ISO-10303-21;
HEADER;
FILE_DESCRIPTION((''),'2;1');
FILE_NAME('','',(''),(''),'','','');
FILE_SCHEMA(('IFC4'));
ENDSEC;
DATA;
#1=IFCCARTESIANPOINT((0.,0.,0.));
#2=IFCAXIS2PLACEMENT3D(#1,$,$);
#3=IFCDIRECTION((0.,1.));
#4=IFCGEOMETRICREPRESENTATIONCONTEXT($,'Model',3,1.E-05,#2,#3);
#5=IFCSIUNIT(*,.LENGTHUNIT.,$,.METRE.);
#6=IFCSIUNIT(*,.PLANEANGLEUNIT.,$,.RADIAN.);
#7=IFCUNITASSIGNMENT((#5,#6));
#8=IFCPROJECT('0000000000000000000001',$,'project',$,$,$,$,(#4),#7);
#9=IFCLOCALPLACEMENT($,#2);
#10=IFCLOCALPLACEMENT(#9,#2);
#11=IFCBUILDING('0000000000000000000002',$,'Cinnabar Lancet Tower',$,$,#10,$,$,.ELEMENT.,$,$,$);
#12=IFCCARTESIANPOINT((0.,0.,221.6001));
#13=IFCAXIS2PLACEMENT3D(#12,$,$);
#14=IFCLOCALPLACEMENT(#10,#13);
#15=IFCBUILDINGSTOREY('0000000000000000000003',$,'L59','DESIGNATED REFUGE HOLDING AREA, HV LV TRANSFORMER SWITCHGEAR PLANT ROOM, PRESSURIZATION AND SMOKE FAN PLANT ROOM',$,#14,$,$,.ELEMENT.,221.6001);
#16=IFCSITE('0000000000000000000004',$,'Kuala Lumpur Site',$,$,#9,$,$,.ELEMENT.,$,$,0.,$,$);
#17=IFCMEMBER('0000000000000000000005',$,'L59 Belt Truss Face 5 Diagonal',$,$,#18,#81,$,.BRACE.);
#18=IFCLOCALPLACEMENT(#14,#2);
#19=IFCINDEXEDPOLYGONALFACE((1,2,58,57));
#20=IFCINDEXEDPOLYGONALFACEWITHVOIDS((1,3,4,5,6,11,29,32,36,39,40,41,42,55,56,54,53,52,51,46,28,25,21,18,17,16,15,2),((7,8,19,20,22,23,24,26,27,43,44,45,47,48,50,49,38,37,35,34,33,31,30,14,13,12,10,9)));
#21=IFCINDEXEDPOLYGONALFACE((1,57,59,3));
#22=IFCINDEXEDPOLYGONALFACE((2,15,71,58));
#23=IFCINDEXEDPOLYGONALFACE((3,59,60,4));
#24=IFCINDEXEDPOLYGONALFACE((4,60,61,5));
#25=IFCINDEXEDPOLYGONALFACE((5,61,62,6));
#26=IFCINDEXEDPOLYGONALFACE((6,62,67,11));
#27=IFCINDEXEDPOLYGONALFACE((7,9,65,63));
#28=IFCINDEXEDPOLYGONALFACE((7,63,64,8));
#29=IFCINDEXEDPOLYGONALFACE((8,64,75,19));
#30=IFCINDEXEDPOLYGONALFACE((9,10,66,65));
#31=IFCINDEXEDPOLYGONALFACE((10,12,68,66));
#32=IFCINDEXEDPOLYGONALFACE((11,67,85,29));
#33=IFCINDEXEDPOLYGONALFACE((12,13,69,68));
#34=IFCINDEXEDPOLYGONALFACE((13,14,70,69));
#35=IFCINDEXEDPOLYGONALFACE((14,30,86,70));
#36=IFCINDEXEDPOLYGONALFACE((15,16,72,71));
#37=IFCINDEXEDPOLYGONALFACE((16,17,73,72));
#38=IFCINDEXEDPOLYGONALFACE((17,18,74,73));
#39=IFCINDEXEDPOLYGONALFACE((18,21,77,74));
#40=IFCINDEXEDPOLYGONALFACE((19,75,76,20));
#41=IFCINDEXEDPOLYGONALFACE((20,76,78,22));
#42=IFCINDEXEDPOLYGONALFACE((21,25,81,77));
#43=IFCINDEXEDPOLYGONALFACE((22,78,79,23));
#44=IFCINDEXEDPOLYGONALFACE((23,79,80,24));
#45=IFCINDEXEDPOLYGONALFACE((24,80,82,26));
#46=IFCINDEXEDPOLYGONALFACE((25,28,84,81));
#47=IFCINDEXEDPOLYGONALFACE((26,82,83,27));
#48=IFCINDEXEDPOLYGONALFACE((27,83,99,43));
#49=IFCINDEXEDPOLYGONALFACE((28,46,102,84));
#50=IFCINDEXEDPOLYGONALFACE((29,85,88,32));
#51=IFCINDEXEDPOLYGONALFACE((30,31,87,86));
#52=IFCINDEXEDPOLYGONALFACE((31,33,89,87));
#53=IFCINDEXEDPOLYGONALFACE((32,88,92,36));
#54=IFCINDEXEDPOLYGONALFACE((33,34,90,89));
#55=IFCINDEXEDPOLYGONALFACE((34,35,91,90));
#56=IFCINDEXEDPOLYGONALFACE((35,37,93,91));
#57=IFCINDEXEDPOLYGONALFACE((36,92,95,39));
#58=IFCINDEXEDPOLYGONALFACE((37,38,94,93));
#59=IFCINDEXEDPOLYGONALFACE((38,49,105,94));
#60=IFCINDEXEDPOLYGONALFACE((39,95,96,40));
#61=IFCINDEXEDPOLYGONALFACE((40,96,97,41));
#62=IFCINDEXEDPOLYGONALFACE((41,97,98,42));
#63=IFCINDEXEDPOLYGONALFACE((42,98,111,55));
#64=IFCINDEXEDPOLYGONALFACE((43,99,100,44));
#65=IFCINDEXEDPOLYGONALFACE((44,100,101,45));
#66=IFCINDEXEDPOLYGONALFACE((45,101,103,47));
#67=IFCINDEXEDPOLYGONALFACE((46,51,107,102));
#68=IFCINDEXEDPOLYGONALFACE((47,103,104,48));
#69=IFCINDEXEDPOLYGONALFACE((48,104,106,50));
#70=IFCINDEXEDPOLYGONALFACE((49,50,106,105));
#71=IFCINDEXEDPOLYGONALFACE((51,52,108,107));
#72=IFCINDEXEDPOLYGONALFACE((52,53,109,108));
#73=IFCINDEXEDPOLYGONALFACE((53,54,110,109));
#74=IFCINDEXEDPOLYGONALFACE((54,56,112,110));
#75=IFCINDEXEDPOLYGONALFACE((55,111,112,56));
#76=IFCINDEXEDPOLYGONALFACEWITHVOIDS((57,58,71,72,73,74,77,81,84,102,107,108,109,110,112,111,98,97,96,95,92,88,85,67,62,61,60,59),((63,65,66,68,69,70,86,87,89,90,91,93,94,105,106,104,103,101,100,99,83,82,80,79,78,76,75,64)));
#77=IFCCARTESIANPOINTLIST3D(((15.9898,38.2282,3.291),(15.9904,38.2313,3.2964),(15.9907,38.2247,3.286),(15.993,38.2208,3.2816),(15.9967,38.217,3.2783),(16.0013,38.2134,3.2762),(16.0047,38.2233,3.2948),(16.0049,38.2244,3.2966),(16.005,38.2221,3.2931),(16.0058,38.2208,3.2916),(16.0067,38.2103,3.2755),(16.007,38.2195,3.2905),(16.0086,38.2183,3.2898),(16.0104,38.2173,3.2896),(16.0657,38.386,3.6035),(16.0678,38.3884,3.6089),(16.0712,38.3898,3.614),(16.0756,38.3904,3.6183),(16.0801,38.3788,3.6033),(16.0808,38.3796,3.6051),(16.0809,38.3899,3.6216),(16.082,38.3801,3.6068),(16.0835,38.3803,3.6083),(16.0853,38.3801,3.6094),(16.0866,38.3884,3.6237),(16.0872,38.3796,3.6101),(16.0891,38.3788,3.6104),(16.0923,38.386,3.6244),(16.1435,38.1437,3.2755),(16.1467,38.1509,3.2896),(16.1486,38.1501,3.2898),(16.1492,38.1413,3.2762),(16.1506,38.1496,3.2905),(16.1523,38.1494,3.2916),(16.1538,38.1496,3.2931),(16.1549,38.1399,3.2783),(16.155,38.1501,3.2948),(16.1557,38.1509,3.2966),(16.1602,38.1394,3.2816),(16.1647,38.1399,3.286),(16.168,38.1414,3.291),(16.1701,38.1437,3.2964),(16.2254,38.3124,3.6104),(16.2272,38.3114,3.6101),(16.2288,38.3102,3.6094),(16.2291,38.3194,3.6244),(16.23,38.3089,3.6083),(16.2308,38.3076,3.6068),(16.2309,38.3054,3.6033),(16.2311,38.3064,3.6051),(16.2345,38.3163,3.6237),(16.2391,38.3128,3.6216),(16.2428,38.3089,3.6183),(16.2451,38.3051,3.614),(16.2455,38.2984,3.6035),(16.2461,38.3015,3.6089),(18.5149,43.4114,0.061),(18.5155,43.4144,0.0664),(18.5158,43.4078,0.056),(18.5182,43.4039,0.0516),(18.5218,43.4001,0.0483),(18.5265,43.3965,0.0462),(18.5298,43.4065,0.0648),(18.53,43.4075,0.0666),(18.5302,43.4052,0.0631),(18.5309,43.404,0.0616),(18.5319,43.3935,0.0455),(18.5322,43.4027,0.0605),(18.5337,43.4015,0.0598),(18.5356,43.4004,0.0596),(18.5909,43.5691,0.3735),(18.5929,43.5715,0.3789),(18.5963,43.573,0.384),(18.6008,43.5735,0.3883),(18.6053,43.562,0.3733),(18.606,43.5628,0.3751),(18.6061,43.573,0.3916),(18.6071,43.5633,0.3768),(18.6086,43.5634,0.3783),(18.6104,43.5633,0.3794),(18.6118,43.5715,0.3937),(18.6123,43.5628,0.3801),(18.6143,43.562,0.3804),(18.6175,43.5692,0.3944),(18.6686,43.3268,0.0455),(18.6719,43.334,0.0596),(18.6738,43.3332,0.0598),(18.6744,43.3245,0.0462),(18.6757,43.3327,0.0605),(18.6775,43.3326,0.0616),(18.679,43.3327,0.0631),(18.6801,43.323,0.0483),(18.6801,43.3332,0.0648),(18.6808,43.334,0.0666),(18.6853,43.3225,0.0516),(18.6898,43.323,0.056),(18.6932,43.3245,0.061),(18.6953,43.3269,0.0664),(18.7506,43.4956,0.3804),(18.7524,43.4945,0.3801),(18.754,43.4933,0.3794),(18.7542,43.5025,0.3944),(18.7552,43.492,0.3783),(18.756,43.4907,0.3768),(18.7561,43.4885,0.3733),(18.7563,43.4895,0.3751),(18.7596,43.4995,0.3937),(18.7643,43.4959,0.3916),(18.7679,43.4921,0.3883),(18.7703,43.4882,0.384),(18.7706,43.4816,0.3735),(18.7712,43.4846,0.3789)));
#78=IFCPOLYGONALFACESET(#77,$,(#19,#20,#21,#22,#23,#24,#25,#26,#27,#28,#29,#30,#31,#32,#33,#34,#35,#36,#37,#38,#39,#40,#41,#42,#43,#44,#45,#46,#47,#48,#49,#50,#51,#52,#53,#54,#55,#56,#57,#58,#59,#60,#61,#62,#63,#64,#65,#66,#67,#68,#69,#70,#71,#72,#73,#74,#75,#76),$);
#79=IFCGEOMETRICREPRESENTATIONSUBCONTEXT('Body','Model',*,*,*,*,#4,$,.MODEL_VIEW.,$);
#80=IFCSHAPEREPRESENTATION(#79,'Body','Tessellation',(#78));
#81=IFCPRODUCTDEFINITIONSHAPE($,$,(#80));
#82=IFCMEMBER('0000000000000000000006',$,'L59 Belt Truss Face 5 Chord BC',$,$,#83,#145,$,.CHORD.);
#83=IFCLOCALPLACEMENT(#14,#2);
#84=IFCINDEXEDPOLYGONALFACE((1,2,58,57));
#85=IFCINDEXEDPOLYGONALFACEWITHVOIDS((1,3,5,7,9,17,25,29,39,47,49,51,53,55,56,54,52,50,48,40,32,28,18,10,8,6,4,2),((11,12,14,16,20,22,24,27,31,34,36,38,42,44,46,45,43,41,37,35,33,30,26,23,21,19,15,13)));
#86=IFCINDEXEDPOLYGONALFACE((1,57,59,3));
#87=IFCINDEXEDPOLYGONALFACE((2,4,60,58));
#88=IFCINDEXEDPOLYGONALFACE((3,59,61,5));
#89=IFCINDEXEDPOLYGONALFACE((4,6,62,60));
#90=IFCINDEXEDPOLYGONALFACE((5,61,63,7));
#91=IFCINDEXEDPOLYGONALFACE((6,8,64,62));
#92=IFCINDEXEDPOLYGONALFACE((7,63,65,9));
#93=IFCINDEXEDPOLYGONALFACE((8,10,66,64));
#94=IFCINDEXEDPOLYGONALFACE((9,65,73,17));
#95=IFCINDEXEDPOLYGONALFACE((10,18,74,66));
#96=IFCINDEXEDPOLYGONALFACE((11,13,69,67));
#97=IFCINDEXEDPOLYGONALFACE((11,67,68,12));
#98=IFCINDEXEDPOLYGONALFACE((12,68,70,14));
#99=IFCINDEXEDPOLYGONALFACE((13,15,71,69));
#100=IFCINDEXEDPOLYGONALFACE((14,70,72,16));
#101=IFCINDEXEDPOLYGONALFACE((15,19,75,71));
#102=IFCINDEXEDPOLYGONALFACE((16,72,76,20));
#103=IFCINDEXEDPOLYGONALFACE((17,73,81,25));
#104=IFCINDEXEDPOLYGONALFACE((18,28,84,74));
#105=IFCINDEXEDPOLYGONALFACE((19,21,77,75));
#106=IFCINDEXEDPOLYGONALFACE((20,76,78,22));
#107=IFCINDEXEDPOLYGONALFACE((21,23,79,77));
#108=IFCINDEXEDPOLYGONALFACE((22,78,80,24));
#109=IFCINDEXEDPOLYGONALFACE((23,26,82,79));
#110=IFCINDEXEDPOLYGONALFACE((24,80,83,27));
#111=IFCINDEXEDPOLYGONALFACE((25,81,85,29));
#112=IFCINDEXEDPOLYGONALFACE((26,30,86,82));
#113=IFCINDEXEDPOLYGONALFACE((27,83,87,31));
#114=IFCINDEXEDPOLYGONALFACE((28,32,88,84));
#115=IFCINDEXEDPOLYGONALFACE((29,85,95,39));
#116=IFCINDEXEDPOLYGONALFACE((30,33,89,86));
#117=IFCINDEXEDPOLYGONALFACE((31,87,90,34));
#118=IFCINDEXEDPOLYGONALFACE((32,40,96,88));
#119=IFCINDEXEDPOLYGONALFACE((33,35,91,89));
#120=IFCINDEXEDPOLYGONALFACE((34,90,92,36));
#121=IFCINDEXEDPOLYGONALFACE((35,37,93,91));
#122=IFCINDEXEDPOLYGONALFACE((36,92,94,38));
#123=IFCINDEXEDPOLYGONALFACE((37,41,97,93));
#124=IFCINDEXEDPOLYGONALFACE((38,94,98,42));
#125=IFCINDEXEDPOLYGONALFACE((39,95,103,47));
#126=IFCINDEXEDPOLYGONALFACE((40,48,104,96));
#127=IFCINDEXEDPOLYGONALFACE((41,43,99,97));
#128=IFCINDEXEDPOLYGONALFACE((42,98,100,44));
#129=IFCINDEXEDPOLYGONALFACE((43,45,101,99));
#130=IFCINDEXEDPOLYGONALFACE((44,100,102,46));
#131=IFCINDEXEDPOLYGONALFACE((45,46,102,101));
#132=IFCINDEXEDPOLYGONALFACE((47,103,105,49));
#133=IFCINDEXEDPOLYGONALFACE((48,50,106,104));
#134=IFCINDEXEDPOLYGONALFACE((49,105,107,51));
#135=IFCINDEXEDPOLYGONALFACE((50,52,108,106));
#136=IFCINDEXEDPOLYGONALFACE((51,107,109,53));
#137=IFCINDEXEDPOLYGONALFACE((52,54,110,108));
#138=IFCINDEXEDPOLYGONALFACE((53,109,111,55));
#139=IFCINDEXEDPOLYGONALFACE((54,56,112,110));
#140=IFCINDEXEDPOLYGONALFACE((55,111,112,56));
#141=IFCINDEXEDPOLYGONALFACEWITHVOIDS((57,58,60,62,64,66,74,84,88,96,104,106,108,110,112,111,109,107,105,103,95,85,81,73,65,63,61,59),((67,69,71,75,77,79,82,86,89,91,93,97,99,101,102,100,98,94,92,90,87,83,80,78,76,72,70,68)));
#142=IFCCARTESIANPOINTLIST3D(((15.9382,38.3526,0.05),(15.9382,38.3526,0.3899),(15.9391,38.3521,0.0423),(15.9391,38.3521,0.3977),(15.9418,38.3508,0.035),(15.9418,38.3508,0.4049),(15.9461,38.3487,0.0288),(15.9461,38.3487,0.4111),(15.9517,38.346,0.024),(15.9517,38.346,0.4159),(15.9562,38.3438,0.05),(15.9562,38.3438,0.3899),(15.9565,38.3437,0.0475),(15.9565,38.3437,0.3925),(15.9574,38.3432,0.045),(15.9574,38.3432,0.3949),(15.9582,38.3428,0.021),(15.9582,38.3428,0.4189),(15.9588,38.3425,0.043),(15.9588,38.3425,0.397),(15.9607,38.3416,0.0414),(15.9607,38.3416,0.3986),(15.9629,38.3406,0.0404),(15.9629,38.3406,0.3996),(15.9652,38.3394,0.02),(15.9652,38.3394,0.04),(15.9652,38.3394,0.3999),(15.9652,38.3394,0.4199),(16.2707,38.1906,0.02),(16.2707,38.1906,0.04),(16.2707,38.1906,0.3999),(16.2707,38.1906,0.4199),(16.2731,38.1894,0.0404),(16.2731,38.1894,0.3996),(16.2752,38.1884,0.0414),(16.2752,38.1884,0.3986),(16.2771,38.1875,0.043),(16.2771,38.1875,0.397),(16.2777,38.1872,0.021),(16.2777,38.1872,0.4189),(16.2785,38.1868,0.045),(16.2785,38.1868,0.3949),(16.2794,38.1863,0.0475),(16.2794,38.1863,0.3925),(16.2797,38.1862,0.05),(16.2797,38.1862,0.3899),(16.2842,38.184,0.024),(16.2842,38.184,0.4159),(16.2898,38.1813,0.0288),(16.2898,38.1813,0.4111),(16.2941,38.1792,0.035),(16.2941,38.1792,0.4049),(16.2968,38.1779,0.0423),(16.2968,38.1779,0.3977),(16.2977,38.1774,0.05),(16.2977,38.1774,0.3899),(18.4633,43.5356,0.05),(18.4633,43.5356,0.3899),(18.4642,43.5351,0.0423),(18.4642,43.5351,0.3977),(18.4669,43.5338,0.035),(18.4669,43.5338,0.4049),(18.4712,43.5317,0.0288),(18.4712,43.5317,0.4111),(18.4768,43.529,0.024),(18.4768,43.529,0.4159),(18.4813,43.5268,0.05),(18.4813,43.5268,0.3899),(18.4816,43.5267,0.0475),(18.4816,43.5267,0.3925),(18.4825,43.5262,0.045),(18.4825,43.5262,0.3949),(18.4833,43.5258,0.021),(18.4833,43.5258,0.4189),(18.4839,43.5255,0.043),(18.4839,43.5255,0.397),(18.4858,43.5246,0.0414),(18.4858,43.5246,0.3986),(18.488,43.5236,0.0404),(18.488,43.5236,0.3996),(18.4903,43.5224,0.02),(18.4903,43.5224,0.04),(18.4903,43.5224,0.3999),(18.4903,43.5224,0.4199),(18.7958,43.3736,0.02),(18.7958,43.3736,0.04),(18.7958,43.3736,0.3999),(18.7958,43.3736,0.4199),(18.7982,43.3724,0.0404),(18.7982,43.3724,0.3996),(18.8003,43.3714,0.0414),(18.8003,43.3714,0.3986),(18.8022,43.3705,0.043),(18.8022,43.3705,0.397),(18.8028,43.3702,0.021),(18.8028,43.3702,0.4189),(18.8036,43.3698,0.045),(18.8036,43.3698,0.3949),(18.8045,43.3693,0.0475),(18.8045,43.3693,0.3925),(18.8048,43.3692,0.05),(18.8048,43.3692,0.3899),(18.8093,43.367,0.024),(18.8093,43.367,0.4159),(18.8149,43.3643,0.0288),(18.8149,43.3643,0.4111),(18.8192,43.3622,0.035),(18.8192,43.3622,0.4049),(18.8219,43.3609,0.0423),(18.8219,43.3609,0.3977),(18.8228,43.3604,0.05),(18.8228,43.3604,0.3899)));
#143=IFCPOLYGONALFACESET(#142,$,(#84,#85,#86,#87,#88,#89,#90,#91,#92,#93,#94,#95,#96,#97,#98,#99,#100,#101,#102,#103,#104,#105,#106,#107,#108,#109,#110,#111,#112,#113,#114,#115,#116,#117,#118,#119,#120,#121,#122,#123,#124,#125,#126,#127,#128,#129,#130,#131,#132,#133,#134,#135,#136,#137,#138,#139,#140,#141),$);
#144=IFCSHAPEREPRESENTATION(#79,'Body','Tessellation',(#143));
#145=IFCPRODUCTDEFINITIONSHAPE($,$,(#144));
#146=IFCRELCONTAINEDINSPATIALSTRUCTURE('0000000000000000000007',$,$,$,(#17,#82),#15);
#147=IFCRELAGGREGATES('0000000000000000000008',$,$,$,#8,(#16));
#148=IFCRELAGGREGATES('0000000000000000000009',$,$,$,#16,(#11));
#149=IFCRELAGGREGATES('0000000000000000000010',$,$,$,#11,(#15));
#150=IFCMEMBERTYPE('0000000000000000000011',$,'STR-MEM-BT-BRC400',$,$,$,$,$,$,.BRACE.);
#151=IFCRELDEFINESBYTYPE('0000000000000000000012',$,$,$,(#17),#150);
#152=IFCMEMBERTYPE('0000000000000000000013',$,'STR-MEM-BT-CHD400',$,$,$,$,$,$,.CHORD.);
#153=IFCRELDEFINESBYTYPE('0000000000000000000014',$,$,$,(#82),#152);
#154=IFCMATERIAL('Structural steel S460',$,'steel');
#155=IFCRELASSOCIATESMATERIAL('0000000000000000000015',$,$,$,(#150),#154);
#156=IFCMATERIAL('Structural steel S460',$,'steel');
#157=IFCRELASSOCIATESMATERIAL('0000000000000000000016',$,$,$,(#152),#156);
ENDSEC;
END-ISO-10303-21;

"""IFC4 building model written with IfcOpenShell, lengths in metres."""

from ifc_helpers import new_model, si_unit, direction, frame, origin, origin_2d, place, context, subcontext, project, spatial, hollow_rectangle, extrude, material, material_profile, profile_set, type_object, element, save


model = new_model("IFC4")

# Units and contexts
model_context = context("Model", 3, precision=1e-05, world=origin(), true_north=direction((0.0, 1.0)))
body_context = subcontext(model_context, "Body", "Model", "MODEL_VIEW")
ifc_project = project(units=[si_unit("LENGTHUNIT", "METRE"), si_unit("PLANEANGLEUNIT", "RADIAN")], contexts=[model_context])

# Site, building, storey
site_placement = place(None, origin())
site = spatial("IfcSite", under=ifc_project, at=site_placement, Name="Kuala Lumpur Site", CompositionType="ELEMENT", RefElevation=0.0)
building_placement = place(site_placement, origin())
building = spatial("IfcBuilding", under=site, at=building_placement, Name="Cinnabar Lancet Tower", CompositionType="ELEMENT")
storey_placement = place(building_placement, frame((0.0, 0.0, 221.6001)))
storey = spatial("IfcBuildingStorey", under=building, at=storey_placement, Name="L59", Description="DESIGNATED REFUGE HOLDING AREA, HV LV TRANSFORMER SWITCHGEAR PLANT ROOM, PRESSURIZATION AND SMOKE FAN PLANT ROOM", CompositionType="ELEMENT", Elevation=221.6001)

# Members
ifc_material_1 = material(Name="Structural steel S460", Category="steel")
ifc_material_profile_1 = material_profile(ifc_material_1, hollow_rectangle(XDim=0.2, YDim=0.3999, WallThickness=0.0161, InnerFilletRadius=0.0081, OuterFilletRadius=0.0239, at=origin_2d()), Name="RHS 400x200x16")
ifc_profile_set_1 = profile_set([ifc_material_profile_1], Name="Structural steel S460")
member_type_1 = type_object("IfcMemberType", Name="STR-MEM-BT-BRC400", PredefinedType="BRACE", material=ifc_profile_set_1)
member_placement = place(storey_placement, frame((18.6431, 43.448, 0.22), z_axis=(-0.3821, -0.784296, 0.488753), x_axis=(0.898987, -0.437976, 0.0)))
element("IfcMember", 1, at=member_placement, inside=storey, type_object=member_type_1, Name="L59 Belt Truss Face 5 Diagonal", PredefinedType="BRACE", context=body_context, shape_type="SweptSolid", body=[
    extrude(hollow_rectangle(XDim=0.2, YDim=0.3999, WallThickness=0.0161, InnerFilletRadius=0.0081, OuterFilletRadius=0.0239, at=origin_2d()), origin(), (0.0, 0.0, 1.0), 6.6086),
])
ifc_material_2 = material(Name="Structural steel S460", Category="steel")
ifc_material_profile_2 = material_profile(ifc_material_2, hollow_rectangle(XDim=0.3999, YDim=0.3999, WallThickness=0.02, InnerFilletRadius=0.01, OuterFilletRadius=0.03, at=origin_2d()), Name="SHS 400x400x20")
ifc_profile_set_2 = profile_set([ifc_material_profile_2], Name="Structural steel S460")
member_type_2 = type_object("IfcMemberType", Name="STR-MEM-BT-CHD400", PredefinedType="CHORD", material=ifc_profile_set_2)
for number, where, z_axis, x_axis, name in (
    (2, (18.6431, 43.448, 0.22), (-0.437976, -0.898987, 0.0), (0.898987, -0.437976, 0.0), "L59 Belt Truss Face 5 Chord BC"),
):
    element("IfcMember", number, at=place(storey_placement, frame(where, z_axis=z_axis, x_axis=x_axis)), inside=storey, type_object=member_type_2, Name=name, PredefinedType="CHORD", context=body_context, shape_type="SweptSolid", body=[
        extrude(hollow_rectangle(XDim=0.3999, YDim=0.3999, WallThickness=0.02, InnerFilletRadius=0.01, OuterFilletRadius=0.03, at=origin_2d()), origin(), (0.0, 0.0, 1.0), 5.7654),
    ])

save(model, "model.ifc")
